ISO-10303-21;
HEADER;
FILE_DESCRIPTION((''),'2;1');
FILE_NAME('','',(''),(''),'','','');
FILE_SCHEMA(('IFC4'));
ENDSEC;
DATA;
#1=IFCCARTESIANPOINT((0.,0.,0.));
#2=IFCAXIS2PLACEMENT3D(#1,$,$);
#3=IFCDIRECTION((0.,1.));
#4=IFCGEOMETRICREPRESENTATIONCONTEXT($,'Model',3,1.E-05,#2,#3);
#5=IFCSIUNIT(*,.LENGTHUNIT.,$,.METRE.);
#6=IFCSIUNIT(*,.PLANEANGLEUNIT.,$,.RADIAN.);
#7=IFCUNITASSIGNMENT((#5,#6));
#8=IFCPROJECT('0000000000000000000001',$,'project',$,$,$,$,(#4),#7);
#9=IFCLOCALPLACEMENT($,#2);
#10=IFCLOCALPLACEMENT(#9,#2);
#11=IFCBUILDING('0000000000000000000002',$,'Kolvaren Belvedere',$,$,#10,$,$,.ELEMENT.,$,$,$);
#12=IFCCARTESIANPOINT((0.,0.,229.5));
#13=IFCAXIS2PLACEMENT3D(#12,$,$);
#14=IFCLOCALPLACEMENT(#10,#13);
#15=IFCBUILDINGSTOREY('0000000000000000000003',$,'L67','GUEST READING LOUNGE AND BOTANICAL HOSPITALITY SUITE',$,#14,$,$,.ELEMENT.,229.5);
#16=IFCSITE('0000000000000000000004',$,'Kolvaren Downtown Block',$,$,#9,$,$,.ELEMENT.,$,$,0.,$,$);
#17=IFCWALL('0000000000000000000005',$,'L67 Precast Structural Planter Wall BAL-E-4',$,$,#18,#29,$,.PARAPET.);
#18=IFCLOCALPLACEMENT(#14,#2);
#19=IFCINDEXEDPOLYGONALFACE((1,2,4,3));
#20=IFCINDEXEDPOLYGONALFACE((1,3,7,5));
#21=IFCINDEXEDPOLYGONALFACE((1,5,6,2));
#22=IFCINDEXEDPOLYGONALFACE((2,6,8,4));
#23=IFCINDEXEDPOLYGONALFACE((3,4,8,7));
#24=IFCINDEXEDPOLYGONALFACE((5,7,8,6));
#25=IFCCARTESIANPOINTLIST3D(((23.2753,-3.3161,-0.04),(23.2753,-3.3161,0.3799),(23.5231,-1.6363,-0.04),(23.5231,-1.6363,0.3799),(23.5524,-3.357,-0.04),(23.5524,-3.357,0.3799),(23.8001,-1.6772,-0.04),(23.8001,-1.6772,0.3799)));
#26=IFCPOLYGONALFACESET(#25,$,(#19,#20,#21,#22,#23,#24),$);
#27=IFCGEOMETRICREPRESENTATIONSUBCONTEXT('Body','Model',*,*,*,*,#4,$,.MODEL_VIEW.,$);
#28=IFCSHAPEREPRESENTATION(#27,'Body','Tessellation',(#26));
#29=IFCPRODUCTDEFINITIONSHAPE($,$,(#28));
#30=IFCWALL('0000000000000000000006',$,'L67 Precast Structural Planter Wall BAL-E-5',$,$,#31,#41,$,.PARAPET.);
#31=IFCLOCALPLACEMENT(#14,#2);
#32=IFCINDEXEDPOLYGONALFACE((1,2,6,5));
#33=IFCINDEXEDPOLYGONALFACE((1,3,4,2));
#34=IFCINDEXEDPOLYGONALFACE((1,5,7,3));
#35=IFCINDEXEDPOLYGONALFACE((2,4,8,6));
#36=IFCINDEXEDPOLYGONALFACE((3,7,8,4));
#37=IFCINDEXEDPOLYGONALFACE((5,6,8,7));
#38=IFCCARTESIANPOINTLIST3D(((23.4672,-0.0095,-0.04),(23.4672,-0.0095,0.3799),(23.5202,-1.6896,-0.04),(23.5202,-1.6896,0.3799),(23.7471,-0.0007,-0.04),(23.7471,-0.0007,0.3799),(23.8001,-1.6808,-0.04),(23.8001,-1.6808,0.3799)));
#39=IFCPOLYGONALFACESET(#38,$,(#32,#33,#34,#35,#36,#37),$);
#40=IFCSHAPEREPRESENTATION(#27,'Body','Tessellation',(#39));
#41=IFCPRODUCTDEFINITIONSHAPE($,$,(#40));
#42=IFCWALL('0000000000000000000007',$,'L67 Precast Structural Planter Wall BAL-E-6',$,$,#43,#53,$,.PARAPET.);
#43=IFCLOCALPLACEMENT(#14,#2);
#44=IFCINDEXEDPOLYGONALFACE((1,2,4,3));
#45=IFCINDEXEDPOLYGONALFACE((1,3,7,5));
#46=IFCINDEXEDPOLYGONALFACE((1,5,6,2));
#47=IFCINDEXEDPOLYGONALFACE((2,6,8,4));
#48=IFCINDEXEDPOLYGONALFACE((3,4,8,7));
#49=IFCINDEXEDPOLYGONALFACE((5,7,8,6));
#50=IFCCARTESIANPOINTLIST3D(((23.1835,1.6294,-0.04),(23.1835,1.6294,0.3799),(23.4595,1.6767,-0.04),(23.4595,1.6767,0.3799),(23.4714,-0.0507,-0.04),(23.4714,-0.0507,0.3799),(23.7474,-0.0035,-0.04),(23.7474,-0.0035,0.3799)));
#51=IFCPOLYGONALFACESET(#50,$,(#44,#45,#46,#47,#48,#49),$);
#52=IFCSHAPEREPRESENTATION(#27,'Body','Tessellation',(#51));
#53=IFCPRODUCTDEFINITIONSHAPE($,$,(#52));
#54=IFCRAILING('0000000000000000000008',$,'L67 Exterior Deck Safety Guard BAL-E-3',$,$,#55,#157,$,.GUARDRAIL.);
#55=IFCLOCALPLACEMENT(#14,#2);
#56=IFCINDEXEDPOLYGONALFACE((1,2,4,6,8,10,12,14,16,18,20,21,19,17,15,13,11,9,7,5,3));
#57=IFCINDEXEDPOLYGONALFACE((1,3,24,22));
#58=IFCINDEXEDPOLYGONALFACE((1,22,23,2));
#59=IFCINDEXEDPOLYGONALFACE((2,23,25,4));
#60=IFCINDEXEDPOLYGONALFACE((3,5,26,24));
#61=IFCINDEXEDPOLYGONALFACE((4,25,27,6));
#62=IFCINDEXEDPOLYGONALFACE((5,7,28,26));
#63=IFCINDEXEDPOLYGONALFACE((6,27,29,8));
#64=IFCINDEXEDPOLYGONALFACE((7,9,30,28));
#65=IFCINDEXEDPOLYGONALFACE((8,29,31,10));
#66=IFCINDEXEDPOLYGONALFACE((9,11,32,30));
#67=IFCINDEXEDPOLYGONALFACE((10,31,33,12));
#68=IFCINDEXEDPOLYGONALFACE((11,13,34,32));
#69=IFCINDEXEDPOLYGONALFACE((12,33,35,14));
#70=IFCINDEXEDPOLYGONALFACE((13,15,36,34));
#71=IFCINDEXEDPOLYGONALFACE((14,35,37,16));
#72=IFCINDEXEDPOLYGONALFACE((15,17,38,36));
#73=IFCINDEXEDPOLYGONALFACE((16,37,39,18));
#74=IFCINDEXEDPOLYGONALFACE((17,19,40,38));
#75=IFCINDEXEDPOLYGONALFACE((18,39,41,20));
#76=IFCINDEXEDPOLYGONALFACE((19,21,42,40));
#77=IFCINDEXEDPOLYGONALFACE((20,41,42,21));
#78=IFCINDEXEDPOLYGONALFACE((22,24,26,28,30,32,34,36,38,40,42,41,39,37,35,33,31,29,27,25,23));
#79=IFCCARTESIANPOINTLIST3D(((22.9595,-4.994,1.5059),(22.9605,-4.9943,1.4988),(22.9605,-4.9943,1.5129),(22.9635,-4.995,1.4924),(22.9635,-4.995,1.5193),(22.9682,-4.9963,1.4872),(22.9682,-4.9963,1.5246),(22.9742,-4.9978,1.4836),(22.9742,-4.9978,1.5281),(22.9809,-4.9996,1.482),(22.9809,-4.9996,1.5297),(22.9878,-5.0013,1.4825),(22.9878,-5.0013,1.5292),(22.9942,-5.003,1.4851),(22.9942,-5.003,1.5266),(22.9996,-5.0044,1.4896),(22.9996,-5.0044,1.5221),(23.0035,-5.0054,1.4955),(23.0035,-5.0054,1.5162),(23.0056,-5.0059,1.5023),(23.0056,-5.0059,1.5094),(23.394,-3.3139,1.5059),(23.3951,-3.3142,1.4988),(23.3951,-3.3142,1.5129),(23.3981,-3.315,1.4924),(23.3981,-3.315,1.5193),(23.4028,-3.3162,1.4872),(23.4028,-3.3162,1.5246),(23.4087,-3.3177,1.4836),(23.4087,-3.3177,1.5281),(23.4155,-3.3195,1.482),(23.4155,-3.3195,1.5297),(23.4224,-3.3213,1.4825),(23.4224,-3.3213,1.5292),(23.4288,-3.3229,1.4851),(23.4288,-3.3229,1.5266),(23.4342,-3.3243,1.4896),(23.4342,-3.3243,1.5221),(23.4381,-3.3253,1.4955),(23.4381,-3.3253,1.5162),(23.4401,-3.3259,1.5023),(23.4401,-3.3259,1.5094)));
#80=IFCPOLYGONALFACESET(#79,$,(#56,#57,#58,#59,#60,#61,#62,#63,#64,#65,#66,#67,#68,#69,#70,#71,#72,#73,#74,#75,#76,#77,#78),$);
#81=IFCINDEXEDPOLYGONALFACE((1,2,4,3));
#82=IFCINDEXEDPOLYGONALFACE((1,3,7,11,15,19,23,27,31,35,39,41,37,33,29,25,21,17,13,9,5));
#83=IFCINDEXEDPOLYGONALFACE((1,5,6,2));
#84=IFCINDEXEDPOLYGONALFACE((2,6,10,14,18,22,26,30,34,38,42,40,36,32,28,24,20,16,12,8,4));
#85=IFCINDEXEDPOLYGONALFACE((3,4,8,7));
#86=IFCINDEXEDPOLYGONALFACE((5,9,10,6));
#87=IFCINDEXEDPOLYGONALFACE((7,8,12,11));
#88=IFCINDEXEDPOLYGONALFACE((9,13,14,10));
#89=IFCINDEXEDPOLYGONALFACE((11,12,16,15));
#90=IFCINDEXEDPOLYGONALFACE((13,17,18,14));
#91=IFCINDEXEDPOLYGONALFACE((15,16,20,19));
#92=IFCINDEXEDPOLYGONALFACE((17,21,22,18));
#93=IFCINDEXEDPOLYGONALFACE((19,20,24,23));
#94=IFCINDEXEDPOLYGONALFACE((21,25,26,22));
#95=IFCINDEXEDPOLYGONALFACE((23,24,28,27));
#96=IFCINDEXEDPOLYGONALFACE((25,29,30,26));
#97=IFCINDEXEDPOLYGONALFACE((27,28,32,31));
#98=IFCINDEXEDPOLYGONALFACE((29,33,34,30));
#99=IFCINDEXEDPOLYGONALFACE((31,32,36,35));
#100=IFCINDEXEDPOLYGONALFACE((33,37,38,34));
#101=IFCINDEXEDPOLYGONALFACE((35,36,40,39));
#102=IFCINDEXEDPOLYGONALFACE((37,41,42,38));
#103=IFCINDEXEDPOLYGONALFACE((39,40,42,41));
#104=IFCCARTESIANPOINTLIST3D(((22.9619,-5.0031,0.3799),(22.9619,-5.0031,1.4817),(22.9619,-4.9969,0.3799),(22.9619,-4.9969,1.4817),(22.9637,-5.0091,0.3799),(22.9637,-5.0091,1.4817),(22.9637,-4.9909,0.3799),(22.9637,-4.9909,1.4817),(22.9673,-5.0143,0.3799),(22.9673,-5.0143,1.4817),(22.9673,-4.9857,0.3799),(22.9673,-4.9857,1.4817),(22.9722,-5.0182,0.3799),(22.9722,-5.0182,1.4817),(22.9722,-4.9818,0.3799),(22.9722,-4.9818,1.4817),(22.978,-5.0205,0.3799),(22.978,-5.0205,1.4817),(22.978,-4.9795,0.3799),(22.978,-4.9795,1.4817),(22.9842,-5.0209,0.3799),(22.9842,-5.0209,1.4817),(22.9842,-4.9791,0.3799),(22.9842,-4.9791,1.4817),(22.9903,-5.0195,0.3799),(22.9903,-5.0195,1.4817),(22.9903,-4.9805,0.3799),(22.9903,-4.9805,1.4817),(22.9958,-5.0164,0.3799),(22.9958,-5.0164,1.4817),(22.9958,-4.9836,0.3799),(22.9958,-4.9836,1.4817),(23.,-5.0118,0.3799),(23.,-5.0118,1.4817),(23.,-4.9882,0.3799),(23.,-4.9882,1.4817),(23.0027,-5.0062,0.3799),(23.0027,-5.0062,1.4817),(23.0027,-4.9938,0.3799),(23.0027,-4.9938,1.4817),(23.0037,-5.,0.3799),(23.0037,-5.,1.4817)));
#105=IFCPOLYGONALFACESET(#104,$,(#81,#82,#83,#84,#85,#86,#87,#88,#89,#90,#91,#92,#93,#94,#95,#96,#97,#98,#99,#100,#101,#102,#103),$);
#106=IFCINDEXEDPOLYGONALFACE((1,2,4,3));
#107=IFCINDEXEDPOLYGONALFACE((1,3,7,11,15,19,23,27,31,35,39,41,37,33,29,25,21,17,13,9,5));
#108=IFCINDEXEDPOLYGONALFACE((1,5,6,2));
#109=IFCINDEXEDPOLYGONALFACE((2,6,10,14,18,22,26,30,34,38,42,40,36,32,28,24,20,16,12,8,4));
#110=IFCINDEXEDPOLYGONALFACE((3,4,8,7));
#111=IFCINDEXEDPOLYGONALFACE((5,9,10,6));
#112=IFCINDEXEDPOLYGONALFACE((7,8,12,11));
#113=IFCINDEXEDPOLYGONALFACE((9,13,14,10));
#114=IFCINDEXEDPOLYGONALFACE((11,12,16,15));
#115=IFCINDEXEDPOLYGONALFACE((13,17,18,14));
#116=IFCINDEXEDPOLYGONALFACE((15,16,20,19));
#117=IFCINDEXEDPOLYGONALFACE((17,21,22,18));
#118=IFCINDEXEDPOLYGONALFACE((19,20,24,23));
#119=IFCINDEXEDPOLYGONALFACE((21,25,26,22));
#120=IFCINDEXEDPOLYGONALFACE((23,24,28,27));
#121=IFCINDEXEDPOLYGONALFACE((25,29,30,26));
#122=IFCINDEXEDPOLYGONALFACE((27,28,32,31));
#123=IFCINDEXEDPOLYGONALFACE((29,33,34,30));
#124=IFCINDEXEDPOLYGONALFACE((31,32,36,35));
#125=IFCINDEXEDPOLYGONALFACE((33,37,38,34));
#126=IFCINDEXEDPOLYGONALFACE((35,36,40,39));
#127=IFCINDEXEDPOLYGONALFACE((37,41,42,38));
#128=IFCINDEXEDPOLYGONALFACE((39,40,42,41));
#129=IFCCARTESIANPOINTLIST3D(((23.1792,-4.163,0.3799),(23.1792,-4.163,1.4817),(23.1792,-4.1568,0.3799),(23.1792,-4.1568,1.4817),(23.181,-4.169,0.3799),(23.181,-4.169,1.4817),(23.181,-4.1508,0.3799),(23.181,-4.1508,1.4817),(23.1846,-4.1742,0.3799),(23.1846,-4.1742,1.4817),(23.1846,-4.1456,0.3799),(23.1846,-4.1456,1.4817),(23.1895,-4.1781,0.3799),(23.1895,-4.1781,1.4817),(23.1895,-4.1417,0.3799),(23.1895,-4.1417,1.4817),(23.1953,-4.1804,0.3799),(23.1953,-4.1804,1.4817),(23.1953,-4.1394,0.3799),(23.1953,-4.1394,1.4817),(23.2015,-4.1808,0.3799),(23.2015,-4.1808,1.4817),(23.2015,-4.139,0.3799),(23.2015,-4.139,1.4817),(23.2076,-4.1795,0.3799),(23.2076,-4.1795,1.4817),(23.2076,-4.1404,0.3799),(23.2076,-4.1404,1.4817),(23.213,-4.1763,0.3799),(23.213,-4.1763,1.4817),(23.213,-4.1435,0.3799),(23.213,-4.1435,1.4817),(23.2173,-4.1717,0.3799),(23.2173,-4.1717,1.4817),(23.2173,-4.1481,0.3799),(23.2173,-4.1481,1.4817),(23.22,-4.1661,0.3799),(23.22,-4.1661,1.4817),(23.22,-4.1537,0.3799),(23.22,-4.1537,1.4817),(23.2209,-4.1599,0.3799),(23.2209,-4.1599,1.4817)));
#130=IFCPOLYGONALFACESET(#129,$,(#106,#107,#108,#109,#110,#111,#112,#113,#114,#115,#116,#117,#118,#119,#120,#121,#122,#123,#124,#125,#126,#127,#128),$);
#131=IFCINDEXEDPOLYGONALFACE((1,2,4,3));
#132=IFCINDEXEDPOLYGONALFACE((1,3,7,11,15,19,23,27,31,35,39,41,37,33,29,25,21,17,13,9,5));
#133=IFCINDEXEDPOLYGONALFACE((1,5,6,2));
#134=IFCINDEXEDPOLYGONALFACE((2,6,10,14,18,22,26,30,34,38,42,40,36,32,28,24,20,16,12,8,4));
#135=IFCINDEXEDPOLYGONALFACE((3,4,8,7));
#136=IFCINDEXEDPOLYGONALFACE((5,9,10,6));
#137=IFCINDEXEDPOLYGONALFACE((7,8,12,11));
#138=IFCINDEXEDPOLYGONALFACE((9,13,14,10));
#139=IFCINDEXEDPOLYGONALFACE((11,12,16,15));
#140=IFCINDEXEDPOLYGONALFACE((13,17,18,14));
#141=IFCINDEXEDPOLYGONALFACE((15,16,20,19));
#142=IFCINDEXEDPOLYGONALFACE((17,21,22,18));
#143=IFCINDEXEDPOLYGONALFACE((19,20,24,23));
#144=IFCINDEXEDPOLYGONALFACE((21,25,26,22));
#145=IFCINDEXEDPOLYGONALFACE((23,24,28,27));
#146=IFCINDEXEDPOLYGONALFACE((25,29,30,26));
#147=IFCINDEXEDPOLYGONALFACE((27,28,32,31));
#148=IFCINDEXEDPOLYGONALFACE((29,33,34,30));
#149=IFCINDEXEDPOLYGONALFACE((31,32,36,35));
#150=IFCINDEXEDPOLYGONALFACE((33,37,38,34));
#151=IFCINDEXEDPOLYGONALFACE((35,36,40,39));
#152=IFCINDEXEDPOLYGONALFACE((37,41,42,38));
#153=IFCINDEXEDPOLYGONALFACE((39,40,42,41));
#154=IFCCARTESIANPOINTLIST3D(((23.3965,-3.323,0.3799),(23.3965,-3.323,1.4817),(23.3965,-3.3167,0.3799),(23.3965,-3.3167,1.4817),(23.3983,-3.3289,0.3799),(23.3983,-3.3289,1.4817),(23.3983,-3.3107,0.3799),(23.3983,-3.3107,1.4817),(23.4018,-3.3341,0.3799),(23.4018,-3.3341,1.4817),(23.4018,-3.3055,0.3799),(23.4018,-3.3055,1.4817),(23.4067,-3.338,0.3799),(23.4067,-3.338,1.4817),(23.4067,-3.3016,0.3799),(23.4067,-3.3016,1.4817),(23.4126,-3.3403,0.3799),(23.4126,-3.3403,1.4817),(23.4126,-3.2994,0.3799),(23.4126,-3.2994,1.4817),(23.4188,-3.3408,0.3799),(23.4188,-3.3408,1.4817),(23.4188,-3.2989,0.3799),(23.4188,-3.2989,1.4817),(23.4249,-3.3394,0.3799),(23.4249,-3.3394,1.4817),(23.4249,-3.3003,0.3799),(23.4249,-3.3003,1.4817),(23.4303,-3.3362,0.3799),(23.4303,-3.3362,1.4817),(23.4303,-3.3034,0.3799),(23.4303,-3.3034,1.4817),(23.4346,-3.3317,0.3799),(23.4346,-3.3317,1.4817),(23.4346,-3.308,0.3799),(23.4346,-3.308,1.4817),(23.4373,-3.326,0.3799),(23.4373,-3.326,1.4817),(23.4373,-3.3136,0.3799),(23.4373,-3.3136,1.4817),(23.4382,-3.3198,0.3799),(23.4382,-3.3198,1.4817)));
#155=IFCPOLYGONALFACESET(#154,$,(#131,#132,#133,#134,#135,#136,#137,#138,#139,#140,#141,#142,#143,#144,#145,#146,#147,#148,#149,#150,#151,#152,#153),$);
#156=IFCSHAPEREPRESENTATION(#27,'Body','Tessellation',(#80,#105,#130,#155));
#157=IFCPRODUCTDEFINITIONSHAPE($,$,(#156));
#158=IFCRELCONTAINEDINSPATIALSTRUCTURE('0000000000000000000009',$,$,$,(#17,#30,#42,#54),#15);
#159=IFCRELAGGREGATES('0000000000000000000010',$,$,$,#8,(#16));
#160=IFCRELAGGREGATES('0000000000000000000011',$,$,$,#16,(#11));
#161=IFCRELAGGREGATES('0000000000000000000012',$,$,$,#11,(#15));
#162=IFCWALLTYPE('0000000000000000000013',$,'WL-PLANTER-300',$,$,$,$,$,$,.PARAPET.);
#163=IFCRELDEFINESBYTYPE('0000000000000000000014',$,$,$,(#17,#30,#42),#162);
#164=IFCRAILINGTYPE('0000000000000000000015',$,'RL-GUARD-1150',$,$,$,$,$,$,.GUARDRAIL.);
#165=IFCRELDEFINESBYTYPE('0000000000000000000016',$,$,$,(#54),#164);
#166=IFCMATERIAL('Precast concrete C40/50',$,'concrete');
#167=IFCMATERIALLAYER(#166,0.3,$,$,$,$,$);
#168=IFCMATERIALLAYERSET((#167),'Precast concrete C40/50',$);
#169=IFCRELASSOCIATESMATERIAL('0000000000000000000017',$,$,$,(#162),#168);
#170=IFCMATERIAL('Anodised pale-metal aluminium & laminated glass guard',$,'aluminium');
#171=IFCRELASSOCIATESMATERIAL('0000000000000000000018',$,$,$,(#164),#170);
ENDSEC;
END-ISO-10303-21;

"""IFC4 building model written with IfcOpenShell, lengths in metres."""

from ifc_helpers import new_model, si_unit, direction, frame, frame_2d, origin, origin_2d, place, context, subcontext, project, spatial, rectangle, circle, extrude, material, layer, layer_set, type_object, element, save


model = new_model("IFC4")

# Units and contexts
model_context = context("Model", 3, precision=1e-05, world=origin(), true_north=direction((0.0, 1.0)))
body_context = subcontext(model_context, "Body", "Model", "MODEL_VIEW")
ifc_project = project(units=[si_unit("LENGTHUNIT", "METRE"), si_unit("PLANEANGLEUNIT", "RADIAN")], contexts=[model_context])

# Site, building, storey
site_placement = place(None, origin())
site = spatial("IfcSite", under=ifc_project, at=site_placement, Name="Kolvaren Downtown Block", CompositionType="ELEMENT", RefElevation=0.0)
building_placement = place(site_placement, origin())
building = spatial("IfcBuilding", under=site, at=building_placement, Name="Kolvaren Belvedere", CompositionType="ELEMENT")
storey_placement = place(building_placement, frame((0.0, 0.0, 229.5)))
storey = spatial("IfcBuildingStorey", under=building, at=storey_placement, Name="L67", Description="GUEST READING LOUNGE AND BOTANICAL HOSPITALITY SUITE", CompositionType="ELEMENT", Elevation=229.5)

# Walls
ifc_material_1 = material(Name="Precast concrete C40/50", Category="concrete")
ifc_layer_1 = layer(ifc_material_1, 0.3)
ifc_layer_set_1 = layer_set([ifc_layer_1], Name="Precast concrete C40/50")
wall_type = type_object("IfcWallType", Name="WL-PLANTER-300", PredefinedType="PARAPET", material=ifc_layer_set_1)
wall_1_placement = place(storey_placement, frame((23.4138, -3.3367, -0.04), z_axis=(0.0, 0.0, 1.0), x_axis=(0.145929, 0.989295, 0.0)))
element("IfcWall", 1, at=wall_1_placement, inside=storey, type_object=wall_type, Name="L67 Precast Structural Planter Wall BAL-E-4", PredefinedType="PARAPET", context=body_context, shape_type="SweptSolid", body=[
    extrude(rectangle(XDim=1.698, YDim=0.28, at=frame_2d((0.8491, 0.0))), origin(), (0.0, 0.0, 1.0), 0.4199),
])
wall_2_placement = place(storey_placement, frame((23.6602, -1.6851, -0.04), z_axis=(0.0, 0.0, 1.0), x_axis=(-0.031516, 0.999503, 0.0)))
element("IfcWall", 2, at=wall_2_placement, inside=storey, type_object=wall_type, Name="L67 Precast Structural Planter Wall BAL-E-5", PredefinedType="PARAPET", context=body_context, shape_type="SweptSolid", body=[
    extrude(rectangle(XDim=1.6809, YDim=0.28, at=frame_2d((0.8403, 0.0))), origin(), (0.0, 0.0, 1.0), 0.4199),
])
wall_3_placement = place(storey_placement, frame((23.6094, -0.0271, -0.04), z_axis=(0.0, 0.0, 1.0), x_axis=(-0.168856, 0.985641, 0.0)))
element("IfcWall", 3, at=wall_3_placement, inside=storey, type_object=wall_type, Name="L67 Precast Structural Planter Wall BAL-E-6", PredefinedType="PARAPET", context=body_context, shape_type="SweptSolid", body=[
    extrude(rectangle(XDim=1.7046, YDim=0.28, at=frame_2d((0.8523, 0.0))), origin(), (0.0, 0.0, 1.0), 0.4199),
])

# Railing
ifc_material_2 = material(Name="Anodised pale-metal aluminium & laminated glass guard", Category="aluminium")
railing_type = type_object("IfcRailingType", Name="RL-GUARD-1150", PredefinedType="GUARDRAIL", material=ifc_material_2)
railing_1_placement = place(storey_placement, frame((22.9827, -5.0, 0.3799)))
element("IfcRailing", 4, at=railing_1_placement, inside=storey, type_object=railing_type, Name="L67 Exterior Deck Safety Guard BAL-E-3", PredefinedType="GUARDRAIL", context=body_context, shape_type="SweptSolid", body=[
    extrude(circle(Radius=0.0239, at=origin_2d()), frame((0.0, 0.0, 1.126), z_axis=(0.250406, 0.968141, 0.0), x_axis=(-0.968141, 0.250406, 0.0)), (0.0, 0.0, 1.0), 1.7354),
    extrude(circle(Radius=0.021, at=origin_2d()), origin(), (0.0, 0.0, 1.0), 1.1018),
    extrude(circle(Radius=0.021, at=origin_2d()), frame((0.2173, 0.8401, 0.0)), (0.0, 0.0, 1.0), 1.1018),
    extrude(circle(Radius=0.021, at=origin_2d()), frame((0.4346, 1.6802, 0.0)), (0.0, 0.0, 1.0), 1.1018),
])

save(model, "model.ifc")
